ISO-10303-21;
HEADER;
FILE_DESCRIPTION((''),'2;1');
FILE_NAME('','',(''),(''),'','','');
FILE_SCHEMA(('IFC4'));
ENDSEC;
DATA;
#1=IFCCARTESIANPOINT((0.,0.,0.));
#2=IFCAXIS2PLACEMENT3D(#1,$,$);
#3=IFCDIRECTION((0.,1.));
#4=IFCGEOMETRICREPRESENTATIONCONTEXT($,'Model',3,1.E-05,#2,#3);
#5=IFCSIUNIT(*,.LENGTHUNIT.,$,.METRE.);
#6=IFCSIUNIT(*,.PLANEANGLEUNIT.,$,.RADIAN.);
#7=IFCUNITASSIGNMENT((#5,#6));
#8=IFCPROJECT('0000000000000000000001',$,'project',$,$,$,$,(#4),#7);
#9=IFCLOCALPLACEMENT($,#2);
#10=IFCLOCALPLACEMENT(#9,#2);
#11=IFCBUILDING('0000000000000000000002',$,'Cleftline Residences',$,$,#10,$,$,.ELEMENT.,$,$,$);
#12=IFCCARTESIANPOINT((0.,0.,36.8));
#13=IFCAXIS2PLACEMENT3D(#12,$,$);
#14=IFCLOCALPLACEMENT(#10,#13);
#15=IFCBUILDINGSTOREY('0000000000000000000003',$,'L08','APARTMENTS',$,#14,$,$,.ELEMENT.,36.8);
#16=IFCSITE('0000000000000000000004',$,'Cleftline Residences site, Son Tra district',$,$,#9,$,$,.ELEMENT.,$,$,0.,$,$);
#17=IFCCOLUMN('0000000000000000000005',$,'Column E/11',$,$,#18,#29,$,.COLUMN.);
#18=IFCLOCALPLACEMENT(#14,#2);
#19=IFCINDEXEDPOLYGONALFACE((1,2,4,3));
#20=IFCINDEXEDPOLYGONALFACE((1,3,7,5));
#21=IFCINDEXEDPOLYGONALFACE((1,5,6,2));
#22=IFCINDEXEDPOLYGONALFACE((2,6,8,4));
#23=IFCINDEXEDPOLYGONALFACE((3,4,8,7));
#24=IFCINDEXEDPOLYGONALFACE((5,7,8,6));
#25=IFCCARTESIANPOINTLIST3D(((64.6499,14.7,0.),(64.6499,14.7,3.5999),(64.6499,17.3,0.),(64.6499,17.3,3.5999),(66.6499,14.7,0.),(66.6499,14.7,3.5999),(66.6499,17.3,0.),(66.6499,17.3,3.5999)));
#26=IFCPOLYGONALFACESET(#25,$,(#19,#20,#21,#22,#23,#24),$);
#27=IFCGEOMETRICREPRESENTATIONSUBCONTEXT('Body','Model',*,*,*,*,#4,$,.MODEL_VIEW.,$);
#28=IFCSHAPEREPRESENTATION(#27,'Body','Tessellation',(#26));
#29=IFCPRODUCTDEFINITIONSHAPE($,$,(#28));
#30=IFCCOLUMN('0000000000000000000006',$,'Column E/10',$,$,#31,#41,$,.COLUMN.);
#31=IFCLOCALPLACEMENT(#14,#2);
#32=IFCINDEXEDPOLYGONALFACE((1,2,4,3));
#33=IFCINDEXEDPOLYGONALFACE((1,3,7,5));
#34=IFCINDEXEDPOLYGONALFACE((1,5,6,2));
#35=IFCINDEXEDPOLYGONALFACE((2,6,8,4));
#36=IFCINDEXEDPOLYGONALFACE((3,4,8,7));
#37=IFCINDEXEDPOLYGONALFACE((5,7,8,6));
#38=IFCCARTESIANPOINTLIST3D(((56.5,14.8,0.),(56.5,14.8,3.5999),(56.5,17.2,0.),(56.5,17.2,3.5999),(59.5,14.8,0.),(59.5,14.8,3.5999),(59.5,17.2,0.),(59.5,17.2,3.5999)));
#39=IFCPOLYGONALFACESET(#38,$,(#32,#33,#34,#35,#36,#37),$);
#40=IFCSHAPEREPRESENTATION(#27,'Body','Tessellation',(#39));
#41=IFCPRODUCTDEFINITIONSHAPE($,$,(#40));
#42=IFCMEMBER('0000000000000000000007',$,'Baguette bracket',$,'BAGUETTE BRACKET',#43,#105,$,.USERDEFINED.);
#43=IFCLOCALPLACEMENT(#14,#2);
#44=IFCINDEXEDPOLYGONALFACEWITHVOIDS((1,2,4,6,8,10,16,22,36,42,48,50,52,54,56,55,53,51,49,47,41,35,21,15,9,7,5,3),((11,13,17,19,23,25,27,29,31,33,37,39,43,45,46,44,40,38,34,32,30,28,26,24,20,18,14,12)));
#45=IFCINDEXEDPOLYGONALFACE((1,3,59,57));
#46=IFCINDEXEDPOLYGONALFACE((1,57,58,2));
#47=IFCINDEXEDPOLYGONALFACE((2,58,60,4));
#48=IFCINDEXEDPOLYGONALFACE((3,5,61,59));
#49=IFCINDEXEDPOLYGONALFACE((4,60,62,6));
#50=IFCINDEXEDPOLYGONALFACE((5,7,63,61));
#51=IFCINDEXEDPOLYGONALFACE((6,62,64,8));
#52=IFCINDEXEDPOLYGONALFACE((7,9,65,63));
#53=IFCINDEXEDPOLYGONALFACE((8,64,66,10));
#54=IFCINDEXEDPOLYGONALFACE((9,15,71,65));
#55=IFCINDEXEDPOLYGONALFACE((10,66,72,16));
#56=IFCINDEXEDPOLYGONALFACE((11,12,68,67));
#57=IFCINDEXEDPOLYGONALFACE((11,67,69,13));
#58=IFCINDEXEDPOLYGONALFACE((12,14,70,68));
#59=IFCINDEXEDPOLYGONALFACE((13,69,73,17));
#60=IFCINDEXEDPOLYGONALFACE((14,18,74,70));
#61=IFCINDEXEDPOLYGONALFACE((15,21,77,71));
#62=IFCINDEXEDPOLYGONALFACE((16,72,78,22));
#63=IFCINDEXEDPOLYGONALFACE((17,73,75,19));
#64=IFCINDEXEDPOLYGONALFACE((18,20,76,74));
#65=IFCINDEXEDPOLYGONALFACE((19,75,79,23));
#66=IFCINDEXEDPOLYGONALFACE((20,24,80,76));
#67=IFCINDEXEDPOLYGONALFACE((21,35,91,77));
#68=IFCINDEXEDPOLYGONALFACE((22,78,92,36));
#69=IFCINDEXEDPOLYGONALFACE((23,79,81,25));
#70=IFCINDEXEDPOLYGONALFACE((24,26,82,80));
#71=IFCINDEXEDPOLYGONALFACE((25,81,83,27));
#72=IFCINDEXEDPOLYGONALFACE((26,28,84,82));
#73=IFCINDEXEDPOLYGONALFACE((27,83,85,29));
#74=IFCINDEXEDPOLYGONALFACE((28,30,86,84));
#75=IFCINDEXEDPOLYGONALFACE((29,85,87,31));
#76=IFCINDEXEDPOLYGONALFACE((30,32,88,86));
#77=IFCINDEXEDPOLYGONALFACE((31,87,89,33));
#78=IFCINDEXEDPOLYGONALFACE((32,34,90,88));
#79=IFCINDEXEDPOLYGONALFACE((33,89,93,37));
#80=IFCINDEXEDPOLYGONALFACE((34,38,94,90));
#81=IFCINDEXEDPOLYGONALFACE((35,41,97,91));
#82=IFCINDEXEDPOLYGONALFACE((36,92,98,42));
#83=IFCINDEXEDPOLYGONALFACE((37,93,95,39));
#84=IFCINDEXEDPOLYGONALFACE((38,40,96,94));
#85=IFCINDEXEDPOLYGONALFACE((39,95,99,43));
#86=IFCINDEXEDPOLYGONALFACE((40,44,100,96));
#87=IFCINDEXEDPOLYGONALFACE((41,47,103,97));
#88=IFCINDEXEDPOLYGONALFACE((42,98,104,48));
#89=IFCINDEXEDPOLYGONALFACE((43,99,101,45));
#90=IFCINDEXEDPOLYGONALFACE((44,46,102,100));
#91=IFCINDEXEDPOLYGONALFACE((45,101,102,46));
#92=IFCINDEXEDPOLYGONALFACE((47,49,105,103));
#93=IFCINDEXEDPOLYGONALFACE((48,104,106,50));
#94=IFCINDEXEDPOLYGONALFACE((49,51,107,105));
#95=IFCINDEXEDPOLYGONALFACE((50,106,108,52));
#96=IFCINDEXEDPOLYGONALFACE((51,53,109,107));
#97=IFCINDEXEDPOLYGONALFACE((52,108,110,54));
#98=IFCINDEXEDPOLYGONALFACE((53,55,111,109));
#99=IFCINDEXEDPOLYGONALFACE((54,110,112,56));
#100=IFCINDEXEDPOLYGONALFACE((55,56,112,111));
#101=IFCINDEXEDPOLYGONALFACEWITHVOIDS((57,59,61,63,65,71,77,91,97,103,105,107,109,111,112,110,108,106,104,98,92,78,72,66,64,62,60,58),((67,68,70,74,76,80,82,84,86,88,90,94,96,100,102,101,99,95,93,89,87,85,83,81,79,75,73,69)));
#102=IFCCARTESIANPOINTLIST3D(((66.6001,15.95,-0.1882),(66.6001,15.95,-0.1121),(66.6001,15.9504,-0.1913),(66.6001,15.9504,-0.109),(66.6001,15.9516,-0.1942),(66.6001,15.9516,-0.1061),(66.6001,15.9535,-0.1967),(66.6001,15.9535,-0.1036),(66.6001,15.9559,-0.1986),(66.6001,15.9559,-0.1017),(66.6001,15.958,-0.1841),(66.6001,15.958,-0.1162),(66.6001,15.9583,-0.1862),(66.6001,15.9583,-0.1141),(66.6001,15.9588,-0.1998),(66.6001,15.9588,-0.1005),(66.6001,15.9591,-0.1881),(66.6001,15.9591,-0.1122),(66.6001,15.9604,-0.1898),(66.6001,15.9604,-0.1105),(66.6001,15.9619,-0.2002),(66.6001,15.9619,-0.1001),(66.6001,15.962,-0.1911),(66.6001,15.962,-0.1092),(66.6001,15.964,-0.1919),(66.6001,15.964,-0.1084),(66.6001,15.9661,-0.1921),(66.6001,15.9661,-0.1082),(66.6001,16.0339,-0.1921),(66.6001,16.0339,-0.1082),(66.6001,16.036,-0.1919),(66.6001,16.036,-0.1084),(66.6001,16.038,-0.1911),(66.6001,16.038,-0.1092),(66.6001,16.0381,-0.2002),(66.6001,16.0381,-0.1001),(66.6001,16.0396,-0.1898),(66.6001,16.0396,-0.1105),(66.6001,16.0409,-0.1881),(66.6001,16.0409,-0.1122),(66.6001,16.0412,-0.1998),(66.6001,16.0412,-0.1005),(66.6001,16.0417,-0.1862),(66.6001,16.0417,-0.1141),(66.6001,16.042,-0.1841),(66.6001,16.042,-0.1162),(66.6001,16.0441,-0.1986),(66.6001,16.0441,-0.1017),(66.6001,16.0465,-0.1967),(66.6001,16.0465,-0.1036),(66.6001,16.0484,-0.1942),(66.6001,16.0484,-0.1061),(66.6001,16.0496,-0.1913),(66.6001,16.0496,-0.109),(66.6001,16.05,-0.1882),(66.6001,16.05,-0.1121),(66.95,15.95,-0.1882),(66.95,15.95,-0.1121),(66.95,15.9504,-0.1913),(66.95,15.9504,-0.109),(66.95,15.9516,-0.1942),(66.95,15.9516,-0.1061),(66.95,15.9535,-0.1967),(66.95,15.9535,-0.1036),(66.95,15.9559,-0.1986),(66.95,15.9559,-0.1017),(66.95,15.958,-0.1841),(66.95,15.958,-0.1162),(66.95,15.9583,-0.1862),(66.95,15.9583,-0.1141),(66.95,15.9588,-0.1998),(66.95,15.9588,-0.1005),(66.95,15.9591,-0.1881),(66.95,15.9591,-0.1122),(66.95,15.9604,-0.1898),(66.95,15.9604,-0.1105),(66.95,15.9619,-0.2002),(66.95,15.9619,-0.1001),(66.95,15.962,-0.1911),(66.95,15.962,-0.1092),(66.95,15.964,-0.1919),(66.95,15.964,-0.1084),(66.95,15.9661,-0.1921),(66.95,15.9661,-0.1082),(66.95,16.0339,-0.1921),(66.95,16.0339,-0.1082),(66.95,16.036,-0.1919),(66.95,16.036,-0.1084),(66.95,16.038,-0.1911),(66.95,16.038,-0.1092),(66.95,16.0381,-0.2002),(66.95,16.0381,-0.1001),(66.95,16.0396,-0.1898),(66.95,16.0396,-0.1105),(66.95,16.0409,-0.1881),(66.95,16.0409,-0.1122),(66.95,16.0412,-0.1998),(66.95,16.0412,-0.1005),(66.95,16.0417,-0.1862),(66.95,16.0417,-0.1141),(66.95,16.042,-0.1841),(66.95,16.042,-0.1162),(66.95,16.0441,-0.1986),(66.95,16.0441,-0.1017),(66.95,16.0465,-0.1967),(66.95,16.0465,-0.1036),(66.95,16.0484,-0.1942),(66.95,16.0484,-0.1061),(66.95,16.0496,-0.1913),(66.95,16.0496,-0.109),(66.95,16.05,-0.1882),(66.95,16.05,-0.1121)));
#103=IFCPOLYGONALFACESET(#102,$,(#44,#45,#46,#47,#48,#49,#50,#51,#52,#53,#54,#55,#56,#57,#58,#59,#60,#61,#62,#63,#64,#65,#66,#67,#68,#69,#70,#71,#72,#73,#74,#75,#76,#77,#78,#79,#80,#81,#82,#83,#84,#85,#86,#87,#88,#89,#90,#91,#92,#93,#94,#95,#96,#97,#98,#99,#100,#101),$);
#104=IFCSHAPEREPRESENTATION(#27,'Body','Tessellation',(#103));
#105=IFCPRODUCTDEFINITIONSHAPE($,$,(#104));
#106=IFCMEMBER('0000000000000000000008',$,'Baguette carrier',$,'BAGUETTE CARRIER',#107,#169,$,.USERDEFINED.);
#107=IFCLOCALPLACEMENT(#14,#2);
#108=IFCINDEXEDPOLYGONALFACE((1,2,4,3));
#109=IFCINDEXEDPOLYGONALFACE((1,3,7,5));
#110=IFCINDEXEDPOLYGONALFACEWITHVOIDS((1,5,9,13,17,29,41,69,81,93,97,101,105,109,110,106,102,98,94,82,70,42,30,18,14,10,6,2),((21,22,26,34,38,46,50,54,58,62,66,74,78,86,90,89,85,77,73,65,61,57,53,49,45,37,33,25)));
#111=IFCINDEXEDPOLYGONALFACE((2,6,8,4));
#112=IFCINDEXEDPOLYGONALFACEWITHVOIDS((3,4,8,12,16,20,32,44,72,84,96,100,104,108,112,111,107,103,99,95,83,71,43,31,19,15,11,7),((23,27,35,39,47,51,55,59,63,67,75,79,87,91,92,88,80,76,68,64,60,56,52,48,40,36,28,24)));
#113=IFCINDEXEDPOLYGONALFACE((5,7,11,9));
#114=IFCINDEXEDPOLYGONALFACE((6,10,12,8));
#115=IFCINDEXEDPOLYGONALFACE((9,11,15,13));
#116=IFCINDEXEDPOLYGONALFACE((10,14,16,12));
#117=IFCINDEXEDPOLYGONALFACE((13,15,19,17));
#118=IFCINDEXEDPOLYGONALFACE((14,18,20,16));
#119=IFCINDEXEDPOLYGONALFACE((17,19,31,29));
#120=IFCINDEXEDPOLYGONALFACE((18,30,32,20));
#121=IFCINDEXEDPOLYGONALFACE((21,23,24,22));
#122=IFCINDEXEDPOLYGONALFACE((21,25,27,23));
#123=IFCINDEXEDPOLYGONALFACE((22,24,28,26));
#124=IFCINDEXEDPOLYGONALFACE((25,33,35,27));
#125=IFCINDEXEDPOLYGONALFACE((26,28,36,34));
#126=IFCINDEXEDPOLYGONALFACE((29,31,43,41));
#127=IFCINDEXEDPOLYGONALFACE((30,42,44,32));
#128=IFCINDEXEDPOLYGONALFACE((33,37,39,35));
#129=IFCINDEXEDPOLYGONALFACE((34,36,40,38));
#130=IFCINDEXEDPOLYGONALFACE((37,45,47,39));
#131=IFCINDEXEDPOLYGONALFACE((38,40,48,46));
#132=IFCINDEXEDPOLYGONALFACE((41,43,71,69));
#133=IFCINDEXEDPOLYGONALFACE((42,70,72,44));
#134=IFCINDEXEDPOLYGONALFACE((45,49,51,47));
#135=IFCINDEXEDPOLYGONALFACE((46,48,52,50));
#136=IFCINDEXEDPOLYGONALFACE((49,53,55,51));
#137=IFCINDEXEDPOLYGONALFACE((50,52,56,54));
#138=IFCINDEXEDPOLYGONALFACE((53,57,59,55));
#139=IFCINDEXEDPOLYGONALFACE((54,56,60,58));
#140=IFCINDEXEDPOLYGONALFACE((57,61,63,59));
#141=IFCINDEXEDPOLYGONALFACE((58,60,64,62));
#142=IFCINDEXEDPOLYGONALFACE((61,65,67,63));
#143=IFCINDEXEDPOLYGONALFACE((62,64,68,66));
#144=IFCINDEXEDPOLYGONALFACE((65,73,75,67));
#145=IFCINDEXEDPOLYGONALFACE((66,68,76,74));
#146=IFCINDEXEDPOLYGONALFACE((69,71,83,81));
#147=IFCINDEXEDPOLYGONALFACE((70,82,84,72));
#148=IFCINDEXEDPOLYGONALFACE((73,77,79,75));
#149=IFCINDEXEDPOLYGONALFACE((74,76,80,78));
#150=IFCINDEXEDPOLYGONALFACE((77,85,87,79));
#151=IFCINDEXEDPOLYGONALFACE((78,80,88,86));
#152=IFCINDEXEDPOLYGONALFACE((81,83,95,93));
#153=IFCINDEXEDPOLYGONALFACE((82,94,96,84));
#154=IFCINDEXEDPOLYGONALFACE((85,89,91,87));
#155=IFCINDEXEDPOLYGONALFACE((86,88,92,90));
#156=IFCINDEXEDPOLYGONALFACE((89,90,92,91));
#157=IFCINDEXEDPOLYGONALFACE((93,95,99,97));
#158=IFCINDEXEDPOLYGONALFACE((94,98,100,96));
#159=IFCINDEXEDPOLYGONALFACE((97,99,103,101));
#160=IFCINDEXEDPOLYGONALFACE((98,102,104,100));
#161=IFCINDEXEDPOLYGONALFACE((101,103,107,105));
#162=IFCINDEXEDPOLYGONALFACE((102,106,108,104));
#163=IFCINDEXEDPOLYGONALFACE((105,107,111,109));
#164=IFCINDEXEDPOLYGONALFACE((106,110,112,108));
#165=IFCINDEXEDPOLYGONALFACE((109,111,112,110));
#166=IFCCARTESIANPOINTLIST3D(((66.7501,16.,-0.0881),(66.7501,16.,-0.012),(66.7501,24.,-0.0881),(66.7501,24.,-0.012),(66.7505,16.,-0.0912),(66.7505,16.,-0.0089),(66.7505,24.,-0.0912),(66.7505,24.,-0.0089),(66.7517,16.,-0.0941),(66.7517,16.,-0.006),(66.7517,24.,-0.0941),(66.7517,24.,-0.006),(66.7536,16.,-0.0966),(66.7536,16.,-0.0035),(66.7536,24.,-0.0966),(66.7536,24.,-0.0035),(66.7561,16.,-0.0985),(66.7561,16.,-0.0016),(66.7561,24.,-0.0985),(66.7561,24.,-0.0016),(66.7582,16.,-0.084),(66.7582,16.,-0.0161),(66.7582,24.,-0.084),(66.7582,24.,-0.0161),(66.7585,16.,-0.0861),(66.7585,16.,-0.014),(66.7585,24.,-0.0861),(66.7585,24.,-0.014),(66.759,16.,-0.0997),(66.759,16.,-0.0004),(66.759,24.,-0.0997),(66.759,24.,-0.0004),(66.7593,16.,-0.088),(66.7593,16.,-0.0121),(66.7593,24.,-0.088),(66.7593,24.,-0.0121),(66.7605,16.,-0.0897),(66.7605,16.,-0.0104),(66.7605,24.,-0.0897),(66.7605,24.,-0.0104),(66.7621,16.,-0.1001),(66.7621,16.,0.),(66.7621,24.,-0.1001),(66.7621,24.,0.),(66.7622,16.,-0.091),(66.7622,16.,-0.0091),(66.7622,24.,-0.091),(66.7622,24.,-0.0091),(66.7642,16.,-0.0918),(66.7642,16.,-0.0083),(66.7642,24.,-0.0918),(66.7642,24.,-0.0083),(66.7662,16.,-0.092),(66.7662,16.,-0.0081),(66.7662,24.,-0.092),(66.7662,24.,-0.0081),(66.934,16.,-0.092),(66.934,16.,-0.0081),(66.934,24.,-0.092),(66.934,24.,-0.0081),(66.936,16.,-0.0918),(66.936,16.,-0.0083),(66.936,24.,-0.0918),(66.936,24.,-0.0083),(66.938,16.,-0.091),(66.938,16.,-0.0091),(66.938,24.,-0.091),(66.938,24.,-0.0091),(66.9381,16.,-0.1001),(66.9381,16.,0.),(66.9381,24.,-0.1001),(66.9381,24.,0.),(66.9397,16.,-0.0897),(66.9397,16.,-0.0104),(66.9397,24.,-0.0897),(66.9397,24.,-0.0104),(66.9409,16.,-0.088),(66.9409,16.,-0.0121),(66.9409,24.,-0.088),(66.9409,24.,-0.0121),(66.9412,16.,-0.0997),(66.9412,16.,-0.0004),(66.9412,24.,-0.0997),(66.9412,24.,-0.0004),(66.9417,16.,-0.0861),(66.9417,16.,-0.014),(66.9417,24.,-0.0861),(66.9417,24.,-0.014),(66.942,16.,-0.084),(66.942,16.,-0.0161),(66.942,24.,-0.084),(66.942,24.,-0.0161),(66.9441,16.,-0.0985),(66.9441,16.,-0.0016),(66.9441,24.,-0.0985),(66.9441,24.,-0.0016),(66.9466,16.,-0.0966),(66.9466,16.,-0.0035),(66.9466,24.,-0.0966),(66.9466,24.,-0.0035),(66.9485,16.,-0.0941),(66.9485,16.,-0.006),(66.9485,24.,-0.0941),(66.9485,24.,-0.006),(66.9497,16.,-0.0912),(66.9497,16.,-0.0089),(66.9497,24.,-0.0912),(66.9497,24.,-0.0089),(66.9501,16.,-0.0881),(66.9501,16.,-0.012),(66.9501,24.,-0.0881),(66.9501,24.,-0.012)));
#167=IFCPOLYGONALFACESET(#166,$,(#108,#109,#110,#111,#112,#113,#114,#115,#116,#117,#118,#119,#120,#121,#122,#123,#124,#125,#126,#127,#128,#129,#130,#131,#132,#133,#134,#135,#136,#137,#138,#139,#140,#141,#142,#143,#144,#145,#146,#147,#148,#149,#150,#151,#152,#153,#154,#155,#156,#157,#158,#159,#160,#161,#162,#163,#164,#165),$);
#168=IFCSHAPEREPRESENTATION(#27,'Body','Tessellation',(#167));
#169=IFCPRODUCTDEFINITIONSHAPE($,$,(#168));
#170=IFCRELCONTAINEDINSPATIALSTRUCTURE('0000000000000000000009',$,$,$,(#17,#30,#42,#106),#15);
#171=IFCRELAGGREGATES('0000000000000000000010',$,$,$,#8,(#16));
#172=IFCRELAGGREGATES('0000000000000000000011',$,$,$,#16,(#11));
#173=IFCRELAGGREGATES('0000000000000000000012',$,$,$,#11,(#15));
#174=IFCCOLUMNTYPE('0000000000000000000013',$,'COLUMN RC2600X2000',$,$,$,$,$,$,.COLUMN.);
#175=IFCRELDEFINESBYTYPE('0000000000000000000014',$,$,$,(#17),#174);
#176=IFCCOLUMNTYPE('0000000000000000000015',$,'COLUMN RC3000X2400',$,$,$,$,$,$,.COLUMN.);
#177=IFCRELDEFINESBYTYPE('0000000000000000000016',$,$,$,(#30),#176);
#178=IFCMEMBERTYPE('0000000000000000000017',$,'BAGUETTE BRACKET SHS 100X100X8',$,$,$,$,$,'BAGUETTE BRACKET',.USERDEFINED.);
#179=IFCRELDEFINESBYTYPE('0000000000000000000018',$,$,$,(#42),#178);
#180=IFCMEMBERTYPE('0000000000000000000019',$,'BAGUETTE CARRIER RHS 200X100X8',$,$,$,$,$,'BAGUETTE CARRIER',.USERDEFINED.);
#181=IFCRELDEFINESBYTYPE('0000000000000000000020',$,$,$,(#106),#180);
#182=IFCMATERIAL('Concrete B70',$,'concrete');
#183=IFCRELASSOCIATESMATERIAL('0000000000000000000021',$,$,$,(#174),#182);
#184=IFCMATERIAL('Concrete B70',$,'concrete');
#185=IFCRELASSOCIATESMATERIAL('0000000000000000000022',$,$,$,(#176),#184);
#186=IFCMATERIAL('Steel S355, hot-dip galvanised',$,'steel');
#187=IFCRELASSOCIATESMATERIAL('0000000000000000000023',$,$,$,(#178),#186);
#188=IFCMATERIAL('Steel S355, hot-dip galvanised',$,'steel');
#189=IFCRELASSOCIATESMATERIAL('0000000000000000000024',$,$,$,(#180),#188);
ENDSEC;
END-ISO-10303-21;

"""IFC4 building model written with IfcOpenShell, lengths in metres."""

from ifc_helpers import new_model, si_unit, direction, frame, origin, origin_2d, place, context, subcontext, project, spatial, rectangle, hollow_rectangle, extrude, material, material_profile, profile_set, type_object, element, save


model = new_model("IFC4")

# Units and contexts
model_context = context("Model", 3, precision=1e-05, world=origin(), true_north=direction((0.0, 1.0)))
body_context = subcontext(model_context, "Body", "Model", "MODEL_VIEW")
ifc_project = project(units=[si_unit("LENGTHUNIT", "METRE"), si_unit("PLANEANGLEUNIT", "RADIAN")], contexts=[model_context])

# Site, building, storey
site_placement = place(None, origin())
site = spatial("IfcSite", under=ifc_project, at=site_placement, Name="Cleftline Residences site, Son Tra district", CompositionType="ELEMENT", RefElevation=0.0)
building_placement = place(site_placement, origin())
building = spatial("IfcBuilding", under=site, at=building_placement, Name="Cleftline Residences", CompositionType="ELEMENT")
storey_placement = place(building_placement, frame((0.0, 0.0, 36.8)))
storey = spatial("IfcBuildingStorey", under=building, at=storey_placement, Name="L08", Description="APARTMENTS", CompositionType="ELEMENT", Elevation=36.8)

# Columns
ifc_material_1 = material(Name="Concrete B70", Category="concrete")
ifc_material_profile_1 = material_profile(ifc_material_1, rectangle(XDim=2.6001, YDim=2.0, at=origin_2d()))
ifc_profile_set_1 = profile_set([ifc_material_profile_1], Name="Concrete B70")
column_type_1 = type_object("IfcColumnType", Name="COLUMN RC2600X2000", PredefinedType="COLUMN", material=ifc_profile_set_1)
column_1_placement = place(storey_placement, frame((65.6499, 16.0, 0.0), z_axis=(0.0, 0.0, 1.0), x_axis=(0.0, 1.0, 0.0)))
element("IfcColumn", 1, at=column_1_placement, inside=storey, type_object=column_type_1, Name="Column E/11", PredefinedType="COLUMN", context=body_context, shape_type="SweptSolid", body=[
    extrude(rectangle(XDim=2.6001, YDim=2.0, at=origin_2d()), origin(), (0.0, 0.0, 1.0), 3.5999),
])
ifc_material_2 = material(Name="Concrete B70", Category="concrete")
ifc_material_profile_2 = material_profile(ifc_material_2, rectangle(XDim=3.0, YDim=2.3999, at=origin_2d()))
ifc_profile_set_2 = profile_set([ifc_material_profile_2], Name="Concrete B70")
column_type_2 = type_object("IfcColumnType", Name="COLUMN RC3000X2400", PredefinedType="COLUMN", material=ifc_profile_set_2)
column_2_placement = place(storey_placement, frame((58.0, 16.0, 0.0), z_axis=(0.0, 0.0, 1.0), x_axis=(1.0, 0.0, 0.0)))
element("IfcColumn", 2, at=column_2_placement, inside=storey, type_object=column_type_2, Name="Column E/10", PredefinedType="COLUMN", context=body_context, shape_type="SweptSolid", body=[
    extrude(rectangle(XDim=3.0, YDim=2.3999, at=origin_2d()), origin(), (0.0, 0.0, 1.0), 3.5999),
])

# Members
ifc_material_3 = material(Name="Steel S355, hot-dip galvanised", Category="steel")
ifc_material_profile_3 = material_profile(ifc_material_3, hollow_rectangle(XDim=0.1001, YDim=0.1001, WallThickness=0.0081, InnerFilletRadius=0.0081, OuterFilletRadius=0.012, at=origin_2d()))
ifc_profile_set_3 = profile_set([ifc_material_profile_3], Name="Steel S355, hot-dip galvanised")
member_type_1 = type_object("IfcMemberType", Name="BAGUETTE BRACKET SHS 100X100X8", ElementType="BAGUETTE BRACKET", PredefinedType="USERDEFINED", material=ifc_profile_set_3)
member_1_placement = place(storey_placement, frame((66.6001, 16.0, -0.1501), z_axis=(1.0, 0.0, 0.0), x_axis=(0.0, 1.0, 0.0)))
element("IfcMember", 3, at=member_1_placement, inside=storey, type_object=member_type_1, Name="Baguette bracket", ObjectType="BAGUETTE BRACKET", PredefinedType="USERDEFINED", context=body_context, shape_type="SweptSolid", body=[
    extrude(hollow_rectangle(XDim=0.1001, YDim=0.1001, WallThickness=0.0081, InnerFilletRadius=0.0081, OuterFilletRadius=0.012, at=origin_2d()), origin(), (0.0, 0.0, 1.0), 0.3499),
])
ifc_material_4 = material(Name="Steel S355, hot-dip galvanised", Category="steel")
ifc_material_profile_4 = material_profile(ifc_material_4, hollow_rectangle(XDim=0.1001, YDim=0.2, WallThickness=0.0081, InnerFilletRadius=0.0081, OuterFilletRadius=0.012, at=origin_2d()))
ifc_profile_set_4 = profile_set([ifc_material_profile_4], Name="Steel S355, hot-dip galvanised")
member_type_2 = type_object("IfcMemberType", Name="BAGUETTE CARRIER RHS 200X100X8", ElementType="BAGUETTE CARRIER", PredefinedType="USERDEFINED", material=ifc_profile_set_4)
member_2_placement = place(storey_placement, frame((66.8501, 16.0, -0.05), z_axis=(0.0, 1.0, 0.0), x_axis=(0.0, 0.0, 1.0)))
element("IfcMember", 4, at=member_2_placement, inside=storey, type_object=member_type_2, Name="Baguette carrier", ObjectType="BAGUETTE CARRIER", PredefinedType="USERDEFINED", context=body_context, shape_type="SweptSolid", body=[
    extrude(hollow_rectangle(XDim=0.1001, YDim=0.2, WallThickness=0.0081, InnerFilletRadius=0.0081, OuterFilletRadius=0.012, at=origin_2d()), origin(), (0.0, 0.0, 1.0), 8.0),
])

save(model, "model.ifc")
